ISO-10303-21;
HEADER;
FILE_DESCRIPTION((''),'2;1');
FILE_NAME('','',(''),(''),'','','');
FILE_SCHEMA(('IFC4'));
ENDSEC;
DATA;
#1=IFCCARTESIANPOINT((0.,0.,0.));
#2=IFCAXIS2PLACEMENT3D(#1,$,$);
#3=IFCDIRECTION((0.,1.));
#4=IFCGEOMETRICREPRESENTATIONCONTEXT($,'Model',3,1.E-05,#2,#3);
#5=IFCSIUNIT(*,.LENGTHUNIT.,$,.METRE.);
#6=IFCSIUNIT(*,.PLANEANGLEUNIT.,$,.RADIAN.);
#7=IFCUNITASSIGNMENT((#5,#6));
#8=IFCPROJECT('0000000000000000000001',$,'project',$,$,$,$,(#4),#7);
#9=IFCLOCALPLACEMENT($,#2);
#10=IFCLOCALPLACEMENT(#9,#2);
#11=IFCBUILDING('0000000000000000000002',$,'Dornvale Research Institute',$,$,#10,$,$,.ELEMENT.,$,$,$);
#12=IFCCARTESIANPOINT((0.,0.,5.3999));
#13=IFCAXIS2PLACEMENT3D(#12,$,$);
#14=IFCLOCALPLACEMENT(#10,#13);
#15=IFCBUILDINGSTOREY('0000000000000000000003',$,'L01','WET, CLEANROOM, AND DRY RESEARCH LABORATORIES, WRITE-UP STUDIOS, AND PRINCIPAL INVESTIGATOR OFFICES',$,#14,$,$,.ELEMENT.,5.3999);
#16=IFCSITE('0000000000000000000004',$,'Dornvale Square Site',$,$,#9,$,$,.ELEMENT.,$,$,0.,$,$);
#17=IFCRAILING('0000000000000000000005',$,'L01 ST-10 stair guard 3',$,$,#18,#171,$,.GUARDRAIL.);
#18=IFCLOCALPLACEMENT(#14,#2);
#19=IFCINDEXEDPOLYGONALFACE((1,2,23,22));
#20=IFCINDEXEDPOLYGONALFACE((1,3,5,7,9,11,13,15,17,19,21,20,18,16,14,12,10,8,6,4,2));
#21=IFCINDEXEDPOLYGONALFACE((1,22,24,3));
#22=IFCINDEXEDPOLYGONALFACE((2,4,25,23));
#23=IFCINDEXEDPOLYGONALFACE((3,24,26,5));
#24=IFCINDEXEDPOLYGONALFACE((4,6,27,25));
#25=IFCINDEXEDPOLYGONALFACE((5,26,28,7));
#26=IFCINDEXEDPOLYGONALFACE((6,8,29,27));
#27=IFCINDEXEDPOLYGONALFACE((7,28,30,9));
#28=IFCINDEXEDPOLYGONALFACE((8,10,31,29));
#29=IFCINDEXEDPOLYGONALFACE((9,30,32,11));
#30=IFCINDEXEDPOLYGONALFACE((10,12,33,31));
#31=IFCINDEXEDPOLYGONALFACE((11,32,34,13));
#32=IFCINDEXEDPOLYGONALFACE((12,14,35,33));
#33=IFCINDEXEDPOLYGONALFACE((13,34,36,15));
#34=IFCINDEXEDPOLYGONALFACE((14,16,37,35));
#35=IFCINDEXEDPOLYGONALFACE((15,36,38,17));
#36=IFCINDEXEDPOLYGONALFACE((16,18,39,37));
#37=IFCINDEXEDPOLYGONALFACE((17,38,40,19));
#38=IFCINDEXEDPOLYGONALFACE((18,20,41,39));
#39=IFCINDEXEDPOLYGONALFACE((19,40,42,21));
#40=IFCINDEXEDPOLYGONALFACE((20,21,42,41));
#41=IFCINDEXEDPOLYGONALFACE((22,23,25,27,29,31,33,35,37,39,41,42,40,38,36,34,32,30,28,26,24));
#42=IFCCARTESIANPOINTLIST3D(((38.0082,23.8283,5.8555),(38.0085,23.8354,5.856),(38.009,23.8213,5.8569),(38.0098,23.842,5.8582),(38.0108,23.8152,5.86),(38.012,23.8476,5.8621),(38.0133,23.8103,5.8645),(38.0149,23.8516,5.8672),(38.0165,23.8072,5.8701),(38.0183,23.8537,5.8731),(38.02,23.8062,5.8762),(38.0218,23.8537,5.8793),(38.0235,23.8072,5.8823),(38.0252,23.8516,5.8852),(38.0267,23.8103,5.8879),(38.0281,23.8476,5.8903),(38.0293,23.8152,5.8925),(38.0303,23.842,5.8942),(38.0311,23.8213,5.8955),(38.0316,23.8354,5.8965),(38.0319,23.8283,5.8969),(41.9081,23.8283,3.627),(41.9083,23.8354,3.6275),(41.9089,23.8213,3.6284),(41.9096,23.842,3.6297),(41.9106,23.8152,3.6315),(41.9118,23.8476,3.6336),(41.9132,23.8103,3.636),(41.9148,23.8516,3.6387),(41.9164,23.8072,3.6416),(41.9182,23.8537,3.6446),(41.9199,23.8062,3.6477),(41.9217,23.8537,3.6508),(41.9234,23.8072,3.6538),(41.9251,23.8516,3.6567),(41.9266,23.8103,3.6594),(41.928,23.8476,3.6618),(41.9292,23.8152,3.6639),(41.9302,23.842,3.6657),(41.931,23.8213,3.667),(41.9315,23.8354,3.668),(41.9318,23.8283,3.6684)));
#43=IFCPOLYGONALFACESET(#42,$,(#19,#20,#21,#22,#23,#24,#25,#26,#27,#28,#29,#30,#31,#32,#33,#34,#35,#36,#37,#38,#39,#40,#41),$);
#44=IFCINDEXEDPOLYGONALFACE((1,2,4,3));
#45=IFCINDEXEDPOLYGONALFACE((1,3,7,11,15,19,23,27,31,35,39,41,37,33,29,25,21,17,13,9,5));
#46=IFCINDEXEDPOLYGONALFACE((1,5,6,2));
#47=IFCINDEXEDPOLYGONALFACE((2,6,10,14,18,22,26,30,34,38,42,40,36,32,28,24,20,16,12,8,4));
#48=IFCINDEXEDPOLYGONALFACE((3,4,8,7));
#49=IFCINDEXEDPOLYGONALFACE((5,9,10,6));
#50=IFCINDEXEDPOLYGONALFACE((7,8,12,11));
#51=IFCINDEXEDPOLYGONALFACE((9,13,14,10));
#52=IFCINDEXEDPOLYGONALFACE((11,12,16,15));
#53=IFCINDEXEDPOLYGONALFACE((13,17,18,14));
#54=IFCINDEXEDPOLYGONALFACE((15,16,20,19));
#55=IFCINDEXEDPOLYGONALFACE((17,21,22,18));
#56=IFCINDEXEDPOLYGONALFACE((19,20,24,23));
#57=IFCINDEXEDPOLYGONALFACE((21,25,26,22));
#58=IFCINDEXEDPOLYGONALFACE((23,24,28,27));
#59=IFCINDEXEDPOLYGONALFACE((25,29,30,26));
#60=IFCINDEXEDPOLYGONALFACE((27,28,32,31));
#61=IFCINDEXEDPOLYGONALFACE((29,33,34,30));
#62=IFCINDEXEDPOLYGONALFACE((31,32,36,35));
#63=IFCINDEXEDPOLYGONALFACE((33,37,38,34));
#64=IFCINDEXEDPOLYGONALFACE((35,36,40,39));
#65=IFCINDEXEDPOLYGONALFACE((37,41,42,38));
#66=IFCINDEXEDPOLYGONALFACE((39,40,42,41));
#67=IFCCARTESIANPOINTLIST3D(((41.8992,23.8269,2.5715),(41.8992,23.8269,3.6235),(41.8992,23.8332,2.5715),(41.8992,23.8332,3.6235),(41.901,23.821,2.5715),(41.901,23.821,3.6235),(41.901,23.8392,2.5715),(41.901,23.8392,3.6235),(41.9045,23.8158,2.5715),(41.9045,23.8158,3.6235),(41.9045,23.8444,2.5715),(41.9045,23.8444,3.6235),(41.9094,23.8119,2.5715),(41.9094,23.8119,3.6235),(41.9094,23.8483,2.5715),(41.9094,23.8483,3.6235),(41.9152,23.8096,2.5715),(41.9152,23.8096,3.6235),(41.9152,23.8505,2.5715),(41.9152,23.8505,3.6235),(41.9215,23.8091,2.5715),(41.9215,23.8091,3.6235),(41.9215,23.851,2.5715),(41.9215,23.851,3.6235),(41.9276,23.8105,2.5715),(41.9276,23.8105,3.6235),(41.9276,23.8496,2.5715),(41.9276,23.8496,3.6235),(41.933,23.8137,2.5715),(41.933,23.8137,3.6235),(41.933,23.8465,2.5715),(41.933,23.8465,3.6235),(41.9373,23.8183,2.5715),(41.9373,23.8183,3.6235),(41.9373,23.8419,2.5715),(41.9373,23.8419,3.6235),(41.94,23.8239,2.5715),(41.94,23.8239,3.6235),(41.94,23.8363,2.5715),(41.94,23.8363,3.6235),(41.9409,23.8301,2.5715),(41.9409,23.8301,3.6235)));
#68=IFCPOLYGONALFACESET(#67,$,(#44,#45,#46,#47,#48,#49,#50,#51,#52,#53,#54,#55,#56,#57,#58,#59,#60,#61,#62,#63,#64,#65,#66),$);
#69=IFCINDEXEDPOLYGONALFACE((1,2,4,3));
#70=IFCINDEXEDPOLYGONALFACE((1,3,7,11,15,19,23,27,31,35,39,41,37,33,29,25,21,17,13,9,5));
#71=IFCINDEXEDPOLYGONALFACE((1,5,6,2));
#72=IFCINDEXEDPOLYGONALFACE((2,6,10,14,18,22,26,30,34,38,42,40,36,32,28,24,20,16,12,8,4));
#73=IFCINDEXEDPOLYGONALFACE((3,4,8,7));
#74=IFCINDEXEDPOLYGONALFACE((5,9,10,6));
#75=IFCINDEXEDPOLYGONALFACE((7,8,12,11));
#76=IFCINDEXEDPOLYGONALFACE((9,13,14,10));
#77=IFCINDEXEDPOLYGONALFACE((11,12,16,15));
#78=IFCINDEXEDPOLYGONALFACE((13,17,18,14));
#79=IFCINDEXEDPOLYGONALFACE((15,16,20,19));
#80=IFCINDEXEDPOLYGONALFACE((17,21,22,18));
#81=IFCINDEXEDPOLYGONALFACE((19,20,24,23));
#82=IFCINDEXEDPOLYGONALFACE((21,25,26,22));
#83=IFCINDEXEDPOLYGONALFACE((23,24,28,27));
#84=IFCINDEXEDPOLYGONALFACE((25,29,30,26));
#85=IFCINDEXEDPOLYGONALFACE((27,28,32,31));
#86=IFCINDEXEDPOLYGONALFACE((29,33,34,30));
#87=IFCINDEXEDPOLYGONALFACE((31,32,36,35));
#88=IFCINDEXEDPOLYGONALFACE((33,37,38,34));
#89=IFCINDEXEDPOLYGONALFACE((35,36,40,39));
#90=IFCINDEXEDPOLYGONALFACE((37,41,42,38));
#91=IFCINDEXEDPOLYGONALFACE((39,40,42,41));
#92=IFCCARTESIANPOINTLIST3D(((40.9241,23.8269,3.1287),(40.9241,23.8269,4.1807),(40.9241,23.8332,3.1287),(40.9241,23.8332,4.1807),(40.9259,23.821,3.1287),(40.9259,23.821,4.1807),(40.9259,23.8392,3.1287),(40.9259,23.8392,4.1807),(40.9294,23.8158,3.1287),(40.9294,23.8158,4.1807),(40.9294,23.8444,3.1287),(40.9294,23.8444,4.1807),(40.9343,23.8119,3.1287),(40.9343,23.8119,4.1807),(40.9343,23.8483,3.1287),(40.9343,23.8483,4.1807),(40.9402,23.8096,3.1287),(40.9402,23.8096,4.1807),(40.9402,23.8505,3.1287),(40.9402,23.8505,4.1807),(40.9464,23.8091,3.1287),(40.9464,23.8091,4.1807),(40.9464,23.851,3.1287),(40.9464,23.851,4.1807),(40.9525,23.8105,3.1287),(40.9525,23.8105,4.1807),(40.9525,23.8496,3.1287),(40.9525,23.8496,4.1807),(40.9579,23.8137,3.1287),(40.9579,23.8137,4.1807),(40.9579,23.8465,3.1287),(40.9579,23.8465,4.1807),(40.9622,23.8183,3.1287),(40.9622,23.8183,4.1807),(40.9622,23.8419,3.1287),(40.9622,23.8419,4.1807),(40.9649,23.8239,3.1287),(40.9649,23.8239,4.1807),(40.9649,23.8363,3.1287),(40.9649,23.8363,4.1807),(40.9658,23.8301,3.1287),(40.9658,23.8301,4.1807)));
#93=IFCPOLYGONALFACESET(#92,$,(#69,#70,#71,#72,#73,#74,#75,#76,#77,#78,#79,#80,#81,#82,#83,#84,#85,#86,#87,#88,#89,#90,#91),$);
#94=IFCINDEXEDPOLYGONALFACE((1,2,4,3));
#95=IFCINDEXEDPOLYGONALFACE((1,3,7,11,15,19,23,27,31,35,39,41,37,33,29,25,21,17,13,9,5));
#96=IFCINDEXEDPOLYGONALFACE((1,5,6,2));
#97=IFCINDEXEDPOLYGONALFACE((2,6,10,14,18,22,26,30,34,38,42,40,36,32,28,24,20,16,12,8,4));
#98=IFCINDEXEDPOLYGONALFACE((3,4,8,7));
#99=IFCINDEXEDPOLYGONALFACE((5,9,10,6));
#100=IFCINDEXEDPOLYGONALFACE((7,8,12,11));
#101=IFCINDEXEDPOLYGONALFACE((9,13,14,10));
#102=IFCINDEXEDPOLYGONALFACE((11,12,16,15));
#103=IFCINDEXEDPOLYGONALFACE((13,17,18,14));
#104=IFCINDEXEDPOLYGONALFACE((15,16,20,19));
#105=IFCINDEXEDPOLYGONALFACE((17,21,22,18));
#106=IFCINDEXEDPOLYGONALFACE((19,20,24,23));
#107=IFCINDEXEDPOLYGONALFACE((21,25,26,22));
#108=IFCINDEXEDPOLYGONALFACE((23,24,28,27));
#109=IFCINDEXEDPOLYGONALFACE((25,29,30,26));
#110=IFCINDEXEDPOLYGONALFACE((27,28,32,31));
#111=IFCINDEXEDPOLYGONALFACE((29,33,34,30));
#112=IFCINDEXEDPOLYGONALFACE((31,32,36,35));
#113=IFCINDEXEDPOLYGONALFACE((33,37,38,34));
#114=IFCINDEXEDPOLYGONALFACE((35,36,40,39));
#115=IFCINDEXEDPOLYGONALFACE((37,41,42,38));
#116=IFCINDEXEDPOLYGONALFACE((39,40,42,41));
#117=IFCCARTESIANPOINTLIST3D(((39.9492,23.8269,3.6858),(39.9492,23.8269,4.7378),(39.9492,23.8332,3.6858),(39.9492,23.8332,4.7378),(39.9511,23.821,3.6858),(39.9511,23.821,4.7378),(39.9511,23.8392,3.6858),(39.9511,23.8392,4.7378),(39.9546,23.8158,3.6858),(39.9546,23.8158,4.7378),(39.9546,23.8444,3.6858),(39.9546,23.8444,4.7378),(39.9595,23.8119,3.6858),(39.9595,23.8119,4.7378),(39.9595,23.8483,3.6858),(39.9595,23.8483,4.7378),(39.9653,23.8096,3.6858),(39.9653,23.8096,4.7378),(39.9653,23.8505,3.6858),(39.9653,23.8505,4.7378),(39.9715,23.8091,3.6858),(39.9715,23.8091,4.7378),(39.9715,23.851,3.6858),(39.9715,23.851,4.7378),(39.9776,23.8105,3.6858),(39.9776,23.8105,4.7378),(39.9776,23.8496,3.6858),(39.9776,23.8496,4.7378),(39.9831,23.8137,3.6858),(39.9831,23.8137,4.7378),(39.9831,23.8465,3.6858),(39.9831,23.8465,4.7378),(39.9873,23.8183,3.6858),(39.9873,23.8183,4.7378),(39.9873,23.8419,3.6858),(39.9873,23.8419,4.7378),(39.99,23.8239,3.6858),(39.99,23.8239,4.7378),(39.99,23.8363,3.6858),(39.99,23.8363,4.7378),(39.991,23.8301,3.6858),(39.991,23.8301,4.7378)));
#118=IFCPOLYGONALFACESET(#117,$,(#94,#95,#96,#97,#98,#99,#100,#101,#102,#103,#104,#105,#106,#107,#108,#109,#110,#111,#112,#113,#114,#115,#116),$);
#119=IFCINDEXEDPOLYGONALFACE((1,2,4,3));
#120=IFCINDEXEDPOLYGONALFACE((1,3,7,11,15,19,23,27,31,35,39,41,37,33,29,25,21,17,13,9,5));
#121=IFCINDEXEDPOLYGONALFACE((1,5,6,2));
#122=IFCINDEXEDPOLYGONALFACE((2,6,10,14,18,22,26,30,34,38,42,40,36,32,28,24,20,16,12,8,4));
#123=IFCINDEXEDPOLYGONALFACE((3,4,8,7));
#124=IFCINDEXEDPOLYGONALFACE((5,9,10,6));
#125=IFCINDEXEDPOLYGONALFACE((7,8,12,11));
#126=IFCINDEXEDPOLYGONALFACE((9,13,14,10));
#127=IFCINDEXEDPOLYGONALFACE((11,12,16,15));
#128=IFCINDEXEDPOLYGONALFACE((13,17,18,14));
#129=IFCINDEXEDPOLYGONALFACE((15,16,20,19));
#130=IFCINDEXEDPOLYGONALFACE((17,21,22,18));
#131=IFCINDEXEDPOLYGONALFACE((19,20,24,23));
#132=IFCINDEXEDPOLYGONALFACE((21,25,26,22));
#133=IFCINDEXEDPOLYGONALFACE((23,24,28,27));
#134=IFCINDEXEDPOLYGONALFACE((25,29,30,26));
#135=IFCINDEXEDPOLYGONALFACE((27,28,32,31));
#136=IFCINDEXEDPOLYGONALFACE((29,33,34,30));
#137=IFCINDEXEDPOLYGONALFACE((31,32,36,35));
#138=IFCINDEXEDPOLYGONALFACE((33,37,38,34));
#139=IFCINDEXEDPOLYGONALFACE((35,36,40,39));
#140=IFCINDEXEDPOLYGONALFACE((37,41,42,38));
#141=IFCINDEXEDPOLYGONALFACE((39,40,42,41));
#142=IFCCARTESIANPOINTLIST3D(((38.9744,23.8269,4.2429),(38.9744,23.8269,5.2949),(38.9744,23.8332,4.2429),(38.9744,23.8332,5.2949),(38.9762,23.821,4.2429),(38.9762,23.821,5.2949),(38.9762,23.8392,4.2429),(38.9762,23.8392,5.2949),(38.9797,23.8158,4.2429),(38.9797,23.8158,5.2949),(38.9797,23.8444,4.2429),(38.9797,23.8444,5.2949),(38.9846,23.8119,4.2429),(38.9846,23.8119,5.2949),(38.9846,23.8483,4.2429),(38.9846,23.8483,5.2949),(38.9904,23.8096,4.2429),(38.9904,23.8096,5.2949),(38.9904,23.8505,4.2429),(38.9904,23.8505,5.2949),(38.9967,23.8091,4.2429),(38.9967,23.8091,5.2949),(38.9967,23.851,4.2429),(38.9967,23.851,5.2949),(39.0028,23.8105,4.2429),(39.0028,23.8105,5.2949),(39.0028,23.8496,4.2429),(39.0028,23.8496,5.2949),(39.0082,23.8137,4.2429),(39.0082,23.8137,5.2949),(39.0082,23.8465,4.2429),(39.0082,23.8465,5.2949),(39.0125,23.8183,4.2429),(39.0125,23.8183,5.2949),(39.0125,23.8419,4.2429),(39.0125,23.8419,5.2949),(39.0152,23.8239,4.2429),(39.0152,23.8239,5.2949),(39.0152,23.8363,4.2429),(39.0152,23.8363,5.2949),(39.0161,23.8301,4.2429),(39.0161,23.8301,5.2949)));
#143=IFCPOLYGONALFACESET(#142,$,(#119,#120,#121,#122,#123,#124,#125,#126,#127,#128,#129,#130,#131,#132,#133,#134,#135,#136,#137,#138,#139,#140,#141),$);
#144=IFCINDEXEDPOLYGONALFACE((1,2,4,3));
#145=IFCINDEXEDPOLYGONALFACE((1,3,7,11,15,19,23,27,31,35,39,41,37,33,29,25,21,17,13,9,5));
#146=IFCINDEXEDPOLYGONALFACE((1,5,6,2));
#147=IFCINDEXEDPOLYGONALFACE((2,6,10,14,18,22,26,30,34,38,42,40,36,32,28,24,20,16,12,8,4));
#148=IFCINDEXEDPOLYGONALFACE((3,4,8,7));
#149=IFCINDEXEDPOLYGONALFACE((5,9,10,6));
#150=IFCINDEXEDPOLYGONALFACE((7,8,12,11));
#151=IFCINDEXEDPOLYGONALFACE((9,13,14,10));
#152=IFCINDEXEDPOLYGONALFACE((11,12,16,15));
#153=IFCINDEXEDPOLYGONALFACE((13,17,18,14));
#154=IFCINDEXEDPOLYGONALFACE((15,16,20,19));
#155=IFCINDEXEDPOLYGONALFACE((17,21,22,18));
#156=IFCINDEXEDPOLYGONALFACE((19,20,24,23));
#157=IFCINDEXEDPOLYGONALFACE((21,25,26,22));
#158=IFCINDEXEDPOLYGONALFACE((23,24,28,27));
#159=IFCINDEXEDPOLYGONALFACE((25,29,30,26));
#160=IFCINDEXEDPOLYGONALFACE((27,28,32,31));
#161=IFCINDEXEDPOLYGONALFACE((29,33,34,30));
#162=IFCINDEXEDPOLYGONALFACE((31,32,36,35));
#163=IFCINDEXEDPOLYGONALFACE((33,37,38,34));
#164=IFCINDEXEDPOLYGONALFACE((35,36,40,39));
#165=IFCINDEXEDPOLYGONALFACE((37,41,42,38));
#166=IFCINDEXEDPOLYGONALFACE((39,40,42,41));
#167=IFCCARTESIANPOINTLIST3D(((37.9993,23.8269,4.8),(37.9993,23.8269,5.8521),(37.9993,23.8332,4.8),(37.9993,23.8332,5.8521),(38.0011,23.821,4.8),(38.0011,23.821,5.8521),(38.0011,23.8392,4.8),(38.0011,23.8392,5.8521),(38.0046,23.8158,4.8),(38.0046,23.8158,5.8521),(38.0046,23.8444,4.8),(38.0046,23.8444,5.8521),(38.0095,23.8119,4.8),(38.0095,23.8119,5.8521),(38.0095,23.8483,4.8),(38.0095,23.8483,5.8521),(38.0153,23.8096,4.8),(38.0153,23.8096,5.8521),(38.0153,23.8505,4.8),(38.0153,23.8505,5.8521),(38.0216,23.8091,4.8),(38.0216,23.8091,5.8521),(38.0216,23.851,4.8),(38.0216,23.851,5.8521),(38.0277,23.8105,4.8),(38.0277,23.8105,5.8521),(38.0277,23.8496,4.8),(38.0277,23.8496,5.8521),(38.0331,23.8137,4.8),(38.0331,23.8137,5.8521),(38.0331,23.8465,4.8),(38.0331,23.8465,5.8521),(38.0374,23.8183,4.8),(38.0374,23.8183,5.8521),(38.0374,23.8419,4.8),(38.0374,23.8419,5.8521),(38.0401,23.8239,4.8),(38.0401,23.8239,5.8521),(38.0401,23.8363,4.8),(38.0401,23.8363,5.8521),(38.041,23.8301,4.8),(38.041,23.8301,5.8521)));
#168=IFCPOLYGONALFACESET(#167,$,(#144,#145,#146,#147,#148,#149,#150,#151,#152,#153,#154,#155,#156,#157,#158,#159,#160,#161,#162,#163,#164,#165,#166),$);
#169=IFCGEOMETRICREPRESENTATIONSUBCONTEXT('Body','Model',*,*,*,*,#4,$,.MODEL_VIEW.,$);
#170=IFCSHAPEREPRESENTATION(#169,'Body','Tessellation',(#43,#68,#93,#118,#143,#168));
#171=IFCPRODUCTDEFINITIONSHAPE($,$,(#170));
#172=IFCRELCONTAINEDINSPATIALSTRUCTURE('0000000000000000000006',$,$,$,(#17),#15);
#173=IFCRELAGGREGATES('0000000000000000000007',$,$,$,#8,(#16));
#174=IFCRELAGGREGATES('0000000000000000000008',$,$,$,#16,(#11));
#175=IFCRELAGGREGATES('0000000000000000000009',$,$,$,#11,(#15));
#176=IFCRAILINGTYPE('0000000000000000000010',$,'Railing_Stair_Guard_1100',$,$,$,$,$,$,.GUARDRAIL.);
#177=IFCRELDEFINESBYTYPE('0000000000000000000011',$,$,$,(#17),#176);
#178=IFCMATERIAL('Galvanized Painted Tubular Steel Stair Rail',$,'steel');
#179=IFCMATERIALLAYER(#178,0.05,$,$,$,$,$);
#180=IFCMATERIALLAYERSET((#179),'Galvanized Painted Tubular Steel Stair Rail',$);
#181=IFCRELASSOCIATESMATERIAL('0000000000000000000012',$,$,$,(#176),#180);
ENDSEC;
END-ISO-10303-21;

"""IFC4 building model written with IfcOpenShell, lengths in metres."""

from ifc_helpers import new_model, si_unit, direction, frame, origin, origin_2d, place, context, subcontext, project, spatial, circle, extrude, material, layer, layer_set, type_object, element, save


model = new_model("IFC4")

# Units and contexts
model_context = context("Model", 3, precision=1e-05, world=origin(), true_north=direction((0.0, 1.0)))
body_context = subcontext(model_context, "Body", "Model", "MODEL_VIEW")
ifc_project = project(units=[si_unit("LENGTHUNIT", "METRE"), si_unit("PLANEANGLEUNIT", "RADIAN")], contexts=[model_context])

# Site, building, storey
site_placement = place(None, origin())
site = spatial("IfcSite", under=ifc_project, at=site_placement, Name="Dornvale Square Site", CompositionType="ELEMENT", RefElevation=0.0)
building_placement = place(site_placement, origin())
building = spatial("IfcBuilding", under=site, at=building_placement, Name="Dornvale Research Institute", CompositionType="ELEMENT")
storey_placement = place(building_placement, frame((0.0, 0.0, 5.3999)))
storey = spatial("IfcBuildingStorey", under=building, at=storey_placement, Name="L01", Description="WET, CLEANROOM, AND DRY RESEARCH LABORATORIES, WRITE-UP STUDIOS, AND PRINCIPAL INVESTIGATOR OFFICES", CompositionType="ELEMENT", Elevation=5.3999)

# Railing
ifc_material_1 = material(Name="Galvanized Painted Tubular Steel Stair Rail", Category="steel")
ifc_layer_1 = layer(ifc_material_1, 0.05)
ifc_layer_set_1 = layer_set([ifc_layer_1], Name="Galvanized Painted Tubular Steel Stair Rail")
railing_type_1 = type_object("IfcRailingType", Name="Railing_Stair_Guard_1100", PredefinedType="GUARDRAIL", material=ifc_layer_set_1)
railing_1_placement = place(storey_placement, frame((41.9199, 23.8301, 2.5715)))
element("IfcRailing", 1, at=railing_1_placement, inside=storey, type_object=railing_type_1, Name="L01 ST-10 stair guard 3", PredefinedType="GUARDRAIL", context=body_context, shape_type="SweptSolid", body=[
    extrude(circle(Radius=0.0239, at=origin_2d()), frame((0.0, 0.0, 1.0762), z_axis=(-0.868243, 0.0, 0.496139), x_axis=(0.0, -1.0, 0.0)), (0.0, 0.0, 1.0), 4.4917),
    extrude(circle(Radius=0.021, at=origin_2d()), origin(), (0.0, 0.0, 1.0), 1.052),
    extrude(circle(Radius=0.021, at=origin_2d()), frame((-0.9751, 0.0, 0.5571)), (0.0, 0.0, 1.0), 1.052),
    extrude(circle(Radius=0.021, at=origin_2d()), frame((-1.95, 0.0, 1.1143)), (0.0, 0.0, 1.0), 1.052),
    extrude(circle(Radius=0.021, at=origin_2d()), frame((-2.9248, 0.0, 1.6714)), (0.0, 0.0, 1.0), 1.052),
    extrude(circle(Radius=0.021, at=origin_2d()), frame((-3.8999, 0.0, 2.2285)), (0.0, 0.0, 1.0), 1.052),
])

save(model, "model.ifc")
